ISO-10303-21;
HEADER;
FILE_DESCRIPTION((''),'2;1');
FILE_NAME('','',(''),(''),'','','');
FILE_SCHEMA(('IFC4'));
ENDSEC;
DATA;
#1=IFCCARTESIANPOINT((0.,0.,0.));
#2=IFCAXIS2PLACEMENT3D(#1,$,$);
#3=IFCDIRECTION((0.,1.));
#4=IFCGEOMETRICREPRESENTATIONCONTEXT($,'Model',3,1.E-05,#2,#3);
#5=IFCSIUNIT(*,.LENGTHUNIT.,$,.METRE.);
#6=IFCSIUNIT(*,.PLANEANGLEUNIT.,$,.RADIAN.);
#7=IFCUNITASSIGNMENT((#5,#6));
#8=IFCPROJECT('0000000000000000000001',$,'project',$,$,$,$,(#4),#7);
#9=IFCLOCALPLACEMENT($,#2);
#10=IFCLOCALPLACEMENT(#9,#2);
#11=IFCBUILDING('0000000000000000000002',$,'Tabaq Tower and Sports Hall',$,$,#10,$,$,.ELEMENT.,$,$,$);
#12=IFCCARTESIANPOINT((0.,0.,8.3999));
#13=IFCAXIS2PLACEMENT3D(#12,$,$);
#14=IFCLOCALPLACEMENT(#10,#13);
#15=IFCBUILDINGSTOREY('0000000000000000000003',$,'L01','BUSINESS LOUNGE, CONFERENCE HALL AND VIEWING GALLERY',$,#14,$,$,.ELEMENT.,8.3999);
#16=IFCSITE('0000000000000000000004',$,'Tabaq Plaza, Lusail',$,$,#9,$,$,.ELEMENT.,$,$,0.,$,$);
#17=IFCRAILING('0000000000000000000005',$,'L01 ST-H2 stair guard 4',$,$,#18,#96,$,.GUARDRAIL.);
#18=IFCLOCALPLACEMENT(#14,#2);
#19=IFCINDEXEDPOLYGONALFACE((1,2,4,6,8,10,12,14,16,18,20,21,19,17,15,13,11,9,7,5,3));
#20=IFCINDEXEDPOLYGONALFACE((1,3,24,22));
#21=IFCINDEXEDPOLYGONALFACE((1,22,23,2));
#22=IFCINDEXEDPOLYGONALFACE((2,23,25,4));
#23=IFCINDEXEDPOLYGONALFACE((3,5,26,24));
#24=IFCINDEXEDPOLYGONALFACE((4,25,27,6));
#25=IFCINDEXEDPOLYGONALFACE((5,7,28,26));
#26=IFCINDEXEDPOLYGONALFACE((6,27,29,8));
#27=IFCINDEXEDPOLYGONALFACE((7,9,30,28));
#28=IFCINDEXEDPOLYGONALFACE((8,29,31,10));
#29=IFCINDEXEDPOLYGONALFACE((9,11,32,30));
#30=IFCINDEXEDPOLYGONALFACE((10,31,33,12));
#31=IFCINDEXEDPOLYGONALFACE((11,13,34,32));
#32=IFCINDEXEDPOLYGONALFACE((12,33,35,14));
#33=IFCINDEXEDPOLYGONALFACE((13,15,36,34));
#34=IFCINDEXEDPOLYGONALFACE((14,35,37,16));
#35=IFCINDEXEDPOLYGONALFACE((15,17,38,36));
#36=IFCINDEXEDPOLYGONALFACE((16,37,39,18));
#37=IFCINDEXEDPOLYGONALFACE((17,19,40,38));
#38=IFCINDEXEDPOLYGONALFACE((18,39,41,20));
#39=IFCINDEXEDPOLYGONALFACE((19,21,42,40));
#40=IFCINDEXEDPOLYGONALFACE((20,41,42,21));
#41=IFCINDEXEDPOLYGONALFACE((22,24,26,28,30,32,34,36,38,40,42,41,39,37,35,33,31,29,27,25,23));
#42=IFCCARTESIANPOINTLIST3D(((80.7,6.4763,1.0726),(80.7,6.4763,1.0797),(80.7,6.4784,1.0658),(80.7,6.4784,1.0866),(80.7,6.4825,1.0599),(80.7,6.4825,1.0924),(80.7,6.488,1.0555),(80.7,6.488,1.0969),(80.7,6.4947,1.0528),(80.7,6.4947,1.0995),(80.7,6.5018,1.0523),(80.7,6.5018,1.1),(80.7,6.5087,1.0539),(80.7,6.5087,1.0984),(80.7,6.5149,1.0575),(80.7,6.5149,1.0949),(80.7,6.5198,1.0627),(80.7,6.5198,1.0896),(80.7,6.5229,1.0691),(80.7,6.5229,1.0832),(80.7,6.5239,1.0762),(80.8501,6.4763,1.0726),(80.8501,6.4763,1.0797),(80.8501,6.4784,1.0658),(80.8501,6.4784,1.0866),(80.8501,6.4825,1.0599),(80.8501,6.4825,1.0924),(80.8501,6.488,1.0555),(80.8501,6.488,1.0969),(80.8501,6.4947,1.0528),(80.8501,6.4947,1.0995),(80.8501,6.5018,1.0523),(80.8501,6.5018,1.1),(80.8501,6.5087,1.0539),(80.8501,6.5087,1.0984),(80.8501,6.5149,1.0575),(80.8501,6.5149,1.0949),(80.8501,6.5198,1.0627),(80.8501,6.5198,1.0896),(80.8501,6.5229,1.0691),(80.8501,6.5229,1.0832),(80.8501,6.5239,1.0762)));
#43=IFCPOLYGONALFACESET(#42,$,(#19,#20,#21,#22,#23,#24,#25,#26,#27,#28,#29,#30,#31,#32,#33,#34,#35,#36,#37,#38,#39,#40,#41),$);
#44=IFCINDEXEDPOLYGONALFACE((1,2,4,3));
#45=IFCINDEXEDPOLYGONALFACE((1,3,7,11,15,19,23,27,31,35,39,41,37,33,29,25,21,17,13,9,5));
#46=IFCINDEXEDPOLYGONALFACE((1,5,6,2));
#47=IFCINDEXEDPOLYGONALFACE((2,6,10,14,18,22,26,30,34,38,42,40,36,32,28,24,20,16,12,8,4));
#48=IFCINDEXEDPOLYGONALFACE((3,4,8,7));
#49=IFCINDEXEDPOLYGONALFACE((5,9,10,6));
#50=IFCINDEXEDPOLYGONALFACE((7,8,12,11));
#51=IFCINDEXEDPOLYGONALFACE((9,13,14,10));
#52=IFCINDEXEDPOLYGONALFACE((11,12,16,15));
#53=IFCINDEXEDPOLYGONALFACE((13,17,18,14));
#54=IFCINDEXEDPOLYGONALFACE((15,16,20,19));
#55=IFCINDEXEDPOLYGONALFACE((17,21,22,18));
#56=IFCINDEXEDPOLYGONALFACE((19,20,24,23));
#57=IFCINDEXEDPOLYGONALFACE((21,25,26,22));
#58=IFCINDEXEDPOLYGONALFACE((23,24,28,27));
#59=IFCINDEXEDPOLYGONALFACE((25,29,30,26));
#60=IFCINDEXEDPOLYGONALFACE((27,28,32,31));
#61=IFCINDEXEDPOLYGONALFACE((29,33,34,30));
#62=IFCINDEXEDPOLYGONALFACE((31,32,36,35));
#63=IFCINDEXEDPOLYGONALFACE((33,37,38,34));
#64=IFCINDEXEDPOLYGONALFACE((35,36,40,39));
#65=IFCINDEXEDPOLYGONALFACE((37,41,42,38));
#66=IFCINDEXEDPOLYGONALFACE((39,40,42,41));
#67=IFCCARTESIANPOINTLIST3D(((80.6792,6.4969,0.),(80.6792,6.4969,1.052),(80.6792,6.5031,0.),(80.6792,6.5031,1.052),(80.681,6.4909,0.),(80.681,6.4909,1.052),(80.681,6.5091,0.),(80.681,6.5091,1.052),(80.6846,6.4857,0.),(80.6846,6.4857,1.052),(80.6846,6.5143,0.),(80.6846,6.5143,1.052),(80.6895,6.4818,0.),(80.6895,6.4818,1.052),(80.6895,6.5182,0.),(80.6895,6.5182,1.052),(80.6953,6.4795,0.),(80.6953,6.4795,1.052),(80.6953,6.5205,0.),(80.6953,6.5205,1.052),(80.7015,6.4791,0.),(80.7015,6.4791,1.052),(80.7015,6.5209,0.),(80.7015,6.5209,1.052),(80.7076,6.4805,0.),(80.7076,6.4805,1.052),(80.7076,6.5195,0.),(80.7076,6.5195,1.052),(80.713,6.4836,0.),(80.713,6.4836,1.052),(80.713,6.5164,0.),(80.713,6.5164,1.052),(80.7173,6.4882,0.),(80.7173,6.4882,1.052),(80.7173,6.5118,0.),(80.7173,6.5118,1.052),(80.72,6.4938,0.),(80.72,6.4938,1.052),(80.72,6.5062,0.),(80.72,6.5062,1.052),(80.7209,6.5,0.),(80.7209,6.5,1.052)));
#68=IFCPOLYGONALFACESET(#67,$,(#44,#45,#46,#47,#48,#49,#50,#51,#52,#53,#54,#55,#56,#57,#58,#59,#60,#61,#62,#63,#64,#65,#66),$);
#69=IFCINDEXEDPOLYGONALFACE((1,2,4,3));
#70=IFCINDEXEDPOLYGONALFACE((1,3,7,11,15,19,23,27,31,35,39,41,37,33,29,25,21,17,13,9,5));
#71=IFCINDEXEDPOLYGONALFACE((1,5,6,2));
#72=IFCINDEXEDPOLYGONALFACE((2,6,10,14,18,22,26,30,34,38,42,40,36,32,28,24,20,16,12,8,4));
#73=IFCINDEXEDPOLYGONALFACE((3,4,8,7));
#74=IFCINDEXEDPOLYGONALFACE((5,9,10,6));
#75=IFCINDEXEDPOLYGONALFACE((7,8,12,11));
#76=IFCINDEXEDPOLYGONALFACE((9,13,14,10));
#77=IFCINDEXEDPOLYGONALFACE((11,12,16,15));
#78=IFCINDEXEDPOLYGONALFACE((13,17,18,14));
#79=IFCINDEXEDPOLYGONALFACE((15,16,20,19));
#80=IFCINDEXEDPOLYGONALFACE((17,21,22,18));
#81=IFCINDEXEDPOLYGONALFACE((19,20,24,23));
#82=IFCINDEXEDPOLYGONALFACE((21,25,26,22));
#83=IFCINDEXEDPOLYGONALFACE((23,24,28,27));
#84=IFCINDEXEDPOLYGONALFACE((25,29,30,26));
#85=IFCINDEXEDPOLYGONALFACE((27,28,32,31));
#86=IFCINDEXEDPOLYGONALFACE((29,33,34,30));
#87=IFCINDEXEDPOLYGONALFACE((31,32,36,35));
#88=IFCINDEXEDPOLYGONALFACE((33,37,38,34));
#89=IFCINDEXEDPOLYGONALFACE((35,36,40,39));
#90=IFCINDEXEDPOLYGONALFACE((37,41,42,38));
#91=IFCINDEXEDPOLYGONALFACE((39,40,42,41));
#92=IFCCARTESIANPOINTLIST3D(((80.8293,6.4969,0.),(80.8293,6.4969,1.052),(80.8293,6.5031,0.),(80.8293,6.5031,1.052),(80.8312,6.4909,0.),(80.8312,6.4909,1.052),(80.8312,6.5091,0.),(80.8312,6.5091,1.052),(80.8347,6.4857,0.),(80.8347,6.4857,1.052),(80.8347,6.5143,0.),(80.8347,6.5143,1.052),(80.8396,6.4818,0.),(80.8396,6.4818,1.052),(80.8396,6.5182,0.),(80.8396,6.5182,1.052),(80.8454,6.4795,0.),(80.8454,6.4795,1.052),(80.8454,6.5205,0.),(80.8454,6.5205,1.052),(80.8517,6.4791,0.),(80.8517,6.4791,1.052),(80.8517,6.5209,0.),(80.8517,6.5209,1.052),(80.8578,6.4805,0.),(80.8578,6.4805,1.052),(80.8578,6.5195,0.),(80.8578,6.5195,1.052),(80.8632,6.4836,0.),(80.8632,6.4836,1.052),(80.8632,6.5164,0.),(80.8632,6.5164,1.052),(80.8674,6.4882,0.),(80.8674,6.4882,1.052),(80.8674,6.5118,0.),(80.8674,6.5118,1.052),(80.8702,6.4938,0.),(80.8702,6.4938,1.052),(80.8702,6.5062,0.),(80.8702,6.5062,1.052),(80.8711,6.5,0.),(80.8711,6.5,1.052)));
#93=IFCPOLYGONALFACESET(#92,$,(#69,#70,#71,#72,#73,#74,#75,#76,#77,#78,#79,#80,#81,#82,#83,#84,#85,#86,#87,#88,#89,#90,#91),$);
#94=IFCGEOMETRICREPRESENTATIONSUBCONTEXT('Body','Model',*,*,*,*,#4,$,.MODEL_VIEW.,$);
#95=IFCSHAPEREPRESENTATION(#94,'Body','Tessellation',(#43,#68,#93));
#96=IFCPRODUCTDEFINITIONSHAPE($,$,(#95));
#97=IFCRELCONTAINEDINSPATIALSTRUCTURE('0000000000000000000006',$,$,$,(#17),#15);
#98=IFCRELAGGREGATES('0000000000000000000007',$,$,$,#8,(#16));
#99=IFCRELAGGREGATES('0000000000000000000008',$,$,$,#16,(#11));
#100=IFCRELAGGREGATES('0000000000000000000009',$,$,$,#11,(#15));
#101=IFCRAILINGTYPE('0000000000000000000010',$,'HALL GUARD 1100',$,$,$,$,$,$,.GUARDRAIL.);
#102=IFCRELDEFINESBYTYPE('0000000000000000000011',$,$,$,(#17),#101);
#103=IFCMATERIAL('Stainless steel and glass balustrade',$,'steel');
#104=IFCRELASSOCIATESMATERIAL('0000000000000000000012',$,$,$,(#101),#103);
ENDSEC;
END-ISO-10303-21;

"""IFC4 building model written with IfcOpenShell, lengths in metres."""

from ifc_helpers import new_model, si_unit, direction, frame, origin, origin_2d, place, context, subcontext, project, spatial, circle, extrude, material, type_object, element, save


model = new_model("IFC4")

# Units and contexts
model_context = context("Model", 3, precision=1e-05, world=origin(), true_north=direction((0.0, 1.0)))
body_context = subcontext(model_context, "Body", "Model", "MODEL_VIEW")
ifc_project = project(units=[si_unit("LENGTHUNIT", "METRE"), si_unit("PLANEANGLEUNIT", "RADIAN")], contexts=[model_context])

# Site, building, storey
site_placement = place(None, origin())
site = spatial("IfcSite", under=ifc_project, at=site_placement, Name="Tabaq Plaza, Lusail", CompositionType="ELEMENT", RefElevation=0.0)
building_placement = place(site_placement, origin())
building = spatial("IfcBuilding", under=site, at=building_placement, Name="Tabaq Tower and Sports Hall", CompositionType="ELEMENT")
storey_placement = place(building_placement, frame((0.0, 0.0, 8.3999)))
storey = spatial("IfcBuildingStorey", under=building, at=storey_placement, Name="L01", Description="BUSINESS LOUNGE, CONFERENCE HALL AND VIEWING GALLERY", CompositionType="ELEMENT", Elevation=8.3999)

# Railing
ifc_material_1 = material(Name="Stainless steel and glass balustrade", Category="steel")
railing_type_1 = type_object("IfcRailingType", Name="HALL GUARD 1100", PredefinedType="GUARDRAIL", material=ifc_material_1)
railing_1_placement = place(storey_placement, frame((80.7, 6.5, 0.0)))
element("IfcRailing", 1, at=railing_1_placement, inside=storey, type_object=railing_type_1, Name="L01 ST-H2 stair guard 4", PredefinedType="GUARDRAIL", context=body_context, shape_type="SweptSolid", body=[
    extrude(circle(Radius=0.0239, at=origin_2d()), frame((0.0, 0.0, 1.0762), z_axis=(1.0, 0.0, 0.0), x_axis=(0.0, 1.0, 0.0)), (0.0, 0.0, 1.0), 0.1501),
    extrude(circle(Radius=0.021, at=origin_2d()), origin(), (0.0, 0.0, 1.0), 1.052),
    extrude(circle(Radius=0.021, at=origin_2d()), frame((0.1501, 0.0, 0.0)), (0.0, 0.0, 1.0), 1.052),
])

save(model, "model.ifc")
